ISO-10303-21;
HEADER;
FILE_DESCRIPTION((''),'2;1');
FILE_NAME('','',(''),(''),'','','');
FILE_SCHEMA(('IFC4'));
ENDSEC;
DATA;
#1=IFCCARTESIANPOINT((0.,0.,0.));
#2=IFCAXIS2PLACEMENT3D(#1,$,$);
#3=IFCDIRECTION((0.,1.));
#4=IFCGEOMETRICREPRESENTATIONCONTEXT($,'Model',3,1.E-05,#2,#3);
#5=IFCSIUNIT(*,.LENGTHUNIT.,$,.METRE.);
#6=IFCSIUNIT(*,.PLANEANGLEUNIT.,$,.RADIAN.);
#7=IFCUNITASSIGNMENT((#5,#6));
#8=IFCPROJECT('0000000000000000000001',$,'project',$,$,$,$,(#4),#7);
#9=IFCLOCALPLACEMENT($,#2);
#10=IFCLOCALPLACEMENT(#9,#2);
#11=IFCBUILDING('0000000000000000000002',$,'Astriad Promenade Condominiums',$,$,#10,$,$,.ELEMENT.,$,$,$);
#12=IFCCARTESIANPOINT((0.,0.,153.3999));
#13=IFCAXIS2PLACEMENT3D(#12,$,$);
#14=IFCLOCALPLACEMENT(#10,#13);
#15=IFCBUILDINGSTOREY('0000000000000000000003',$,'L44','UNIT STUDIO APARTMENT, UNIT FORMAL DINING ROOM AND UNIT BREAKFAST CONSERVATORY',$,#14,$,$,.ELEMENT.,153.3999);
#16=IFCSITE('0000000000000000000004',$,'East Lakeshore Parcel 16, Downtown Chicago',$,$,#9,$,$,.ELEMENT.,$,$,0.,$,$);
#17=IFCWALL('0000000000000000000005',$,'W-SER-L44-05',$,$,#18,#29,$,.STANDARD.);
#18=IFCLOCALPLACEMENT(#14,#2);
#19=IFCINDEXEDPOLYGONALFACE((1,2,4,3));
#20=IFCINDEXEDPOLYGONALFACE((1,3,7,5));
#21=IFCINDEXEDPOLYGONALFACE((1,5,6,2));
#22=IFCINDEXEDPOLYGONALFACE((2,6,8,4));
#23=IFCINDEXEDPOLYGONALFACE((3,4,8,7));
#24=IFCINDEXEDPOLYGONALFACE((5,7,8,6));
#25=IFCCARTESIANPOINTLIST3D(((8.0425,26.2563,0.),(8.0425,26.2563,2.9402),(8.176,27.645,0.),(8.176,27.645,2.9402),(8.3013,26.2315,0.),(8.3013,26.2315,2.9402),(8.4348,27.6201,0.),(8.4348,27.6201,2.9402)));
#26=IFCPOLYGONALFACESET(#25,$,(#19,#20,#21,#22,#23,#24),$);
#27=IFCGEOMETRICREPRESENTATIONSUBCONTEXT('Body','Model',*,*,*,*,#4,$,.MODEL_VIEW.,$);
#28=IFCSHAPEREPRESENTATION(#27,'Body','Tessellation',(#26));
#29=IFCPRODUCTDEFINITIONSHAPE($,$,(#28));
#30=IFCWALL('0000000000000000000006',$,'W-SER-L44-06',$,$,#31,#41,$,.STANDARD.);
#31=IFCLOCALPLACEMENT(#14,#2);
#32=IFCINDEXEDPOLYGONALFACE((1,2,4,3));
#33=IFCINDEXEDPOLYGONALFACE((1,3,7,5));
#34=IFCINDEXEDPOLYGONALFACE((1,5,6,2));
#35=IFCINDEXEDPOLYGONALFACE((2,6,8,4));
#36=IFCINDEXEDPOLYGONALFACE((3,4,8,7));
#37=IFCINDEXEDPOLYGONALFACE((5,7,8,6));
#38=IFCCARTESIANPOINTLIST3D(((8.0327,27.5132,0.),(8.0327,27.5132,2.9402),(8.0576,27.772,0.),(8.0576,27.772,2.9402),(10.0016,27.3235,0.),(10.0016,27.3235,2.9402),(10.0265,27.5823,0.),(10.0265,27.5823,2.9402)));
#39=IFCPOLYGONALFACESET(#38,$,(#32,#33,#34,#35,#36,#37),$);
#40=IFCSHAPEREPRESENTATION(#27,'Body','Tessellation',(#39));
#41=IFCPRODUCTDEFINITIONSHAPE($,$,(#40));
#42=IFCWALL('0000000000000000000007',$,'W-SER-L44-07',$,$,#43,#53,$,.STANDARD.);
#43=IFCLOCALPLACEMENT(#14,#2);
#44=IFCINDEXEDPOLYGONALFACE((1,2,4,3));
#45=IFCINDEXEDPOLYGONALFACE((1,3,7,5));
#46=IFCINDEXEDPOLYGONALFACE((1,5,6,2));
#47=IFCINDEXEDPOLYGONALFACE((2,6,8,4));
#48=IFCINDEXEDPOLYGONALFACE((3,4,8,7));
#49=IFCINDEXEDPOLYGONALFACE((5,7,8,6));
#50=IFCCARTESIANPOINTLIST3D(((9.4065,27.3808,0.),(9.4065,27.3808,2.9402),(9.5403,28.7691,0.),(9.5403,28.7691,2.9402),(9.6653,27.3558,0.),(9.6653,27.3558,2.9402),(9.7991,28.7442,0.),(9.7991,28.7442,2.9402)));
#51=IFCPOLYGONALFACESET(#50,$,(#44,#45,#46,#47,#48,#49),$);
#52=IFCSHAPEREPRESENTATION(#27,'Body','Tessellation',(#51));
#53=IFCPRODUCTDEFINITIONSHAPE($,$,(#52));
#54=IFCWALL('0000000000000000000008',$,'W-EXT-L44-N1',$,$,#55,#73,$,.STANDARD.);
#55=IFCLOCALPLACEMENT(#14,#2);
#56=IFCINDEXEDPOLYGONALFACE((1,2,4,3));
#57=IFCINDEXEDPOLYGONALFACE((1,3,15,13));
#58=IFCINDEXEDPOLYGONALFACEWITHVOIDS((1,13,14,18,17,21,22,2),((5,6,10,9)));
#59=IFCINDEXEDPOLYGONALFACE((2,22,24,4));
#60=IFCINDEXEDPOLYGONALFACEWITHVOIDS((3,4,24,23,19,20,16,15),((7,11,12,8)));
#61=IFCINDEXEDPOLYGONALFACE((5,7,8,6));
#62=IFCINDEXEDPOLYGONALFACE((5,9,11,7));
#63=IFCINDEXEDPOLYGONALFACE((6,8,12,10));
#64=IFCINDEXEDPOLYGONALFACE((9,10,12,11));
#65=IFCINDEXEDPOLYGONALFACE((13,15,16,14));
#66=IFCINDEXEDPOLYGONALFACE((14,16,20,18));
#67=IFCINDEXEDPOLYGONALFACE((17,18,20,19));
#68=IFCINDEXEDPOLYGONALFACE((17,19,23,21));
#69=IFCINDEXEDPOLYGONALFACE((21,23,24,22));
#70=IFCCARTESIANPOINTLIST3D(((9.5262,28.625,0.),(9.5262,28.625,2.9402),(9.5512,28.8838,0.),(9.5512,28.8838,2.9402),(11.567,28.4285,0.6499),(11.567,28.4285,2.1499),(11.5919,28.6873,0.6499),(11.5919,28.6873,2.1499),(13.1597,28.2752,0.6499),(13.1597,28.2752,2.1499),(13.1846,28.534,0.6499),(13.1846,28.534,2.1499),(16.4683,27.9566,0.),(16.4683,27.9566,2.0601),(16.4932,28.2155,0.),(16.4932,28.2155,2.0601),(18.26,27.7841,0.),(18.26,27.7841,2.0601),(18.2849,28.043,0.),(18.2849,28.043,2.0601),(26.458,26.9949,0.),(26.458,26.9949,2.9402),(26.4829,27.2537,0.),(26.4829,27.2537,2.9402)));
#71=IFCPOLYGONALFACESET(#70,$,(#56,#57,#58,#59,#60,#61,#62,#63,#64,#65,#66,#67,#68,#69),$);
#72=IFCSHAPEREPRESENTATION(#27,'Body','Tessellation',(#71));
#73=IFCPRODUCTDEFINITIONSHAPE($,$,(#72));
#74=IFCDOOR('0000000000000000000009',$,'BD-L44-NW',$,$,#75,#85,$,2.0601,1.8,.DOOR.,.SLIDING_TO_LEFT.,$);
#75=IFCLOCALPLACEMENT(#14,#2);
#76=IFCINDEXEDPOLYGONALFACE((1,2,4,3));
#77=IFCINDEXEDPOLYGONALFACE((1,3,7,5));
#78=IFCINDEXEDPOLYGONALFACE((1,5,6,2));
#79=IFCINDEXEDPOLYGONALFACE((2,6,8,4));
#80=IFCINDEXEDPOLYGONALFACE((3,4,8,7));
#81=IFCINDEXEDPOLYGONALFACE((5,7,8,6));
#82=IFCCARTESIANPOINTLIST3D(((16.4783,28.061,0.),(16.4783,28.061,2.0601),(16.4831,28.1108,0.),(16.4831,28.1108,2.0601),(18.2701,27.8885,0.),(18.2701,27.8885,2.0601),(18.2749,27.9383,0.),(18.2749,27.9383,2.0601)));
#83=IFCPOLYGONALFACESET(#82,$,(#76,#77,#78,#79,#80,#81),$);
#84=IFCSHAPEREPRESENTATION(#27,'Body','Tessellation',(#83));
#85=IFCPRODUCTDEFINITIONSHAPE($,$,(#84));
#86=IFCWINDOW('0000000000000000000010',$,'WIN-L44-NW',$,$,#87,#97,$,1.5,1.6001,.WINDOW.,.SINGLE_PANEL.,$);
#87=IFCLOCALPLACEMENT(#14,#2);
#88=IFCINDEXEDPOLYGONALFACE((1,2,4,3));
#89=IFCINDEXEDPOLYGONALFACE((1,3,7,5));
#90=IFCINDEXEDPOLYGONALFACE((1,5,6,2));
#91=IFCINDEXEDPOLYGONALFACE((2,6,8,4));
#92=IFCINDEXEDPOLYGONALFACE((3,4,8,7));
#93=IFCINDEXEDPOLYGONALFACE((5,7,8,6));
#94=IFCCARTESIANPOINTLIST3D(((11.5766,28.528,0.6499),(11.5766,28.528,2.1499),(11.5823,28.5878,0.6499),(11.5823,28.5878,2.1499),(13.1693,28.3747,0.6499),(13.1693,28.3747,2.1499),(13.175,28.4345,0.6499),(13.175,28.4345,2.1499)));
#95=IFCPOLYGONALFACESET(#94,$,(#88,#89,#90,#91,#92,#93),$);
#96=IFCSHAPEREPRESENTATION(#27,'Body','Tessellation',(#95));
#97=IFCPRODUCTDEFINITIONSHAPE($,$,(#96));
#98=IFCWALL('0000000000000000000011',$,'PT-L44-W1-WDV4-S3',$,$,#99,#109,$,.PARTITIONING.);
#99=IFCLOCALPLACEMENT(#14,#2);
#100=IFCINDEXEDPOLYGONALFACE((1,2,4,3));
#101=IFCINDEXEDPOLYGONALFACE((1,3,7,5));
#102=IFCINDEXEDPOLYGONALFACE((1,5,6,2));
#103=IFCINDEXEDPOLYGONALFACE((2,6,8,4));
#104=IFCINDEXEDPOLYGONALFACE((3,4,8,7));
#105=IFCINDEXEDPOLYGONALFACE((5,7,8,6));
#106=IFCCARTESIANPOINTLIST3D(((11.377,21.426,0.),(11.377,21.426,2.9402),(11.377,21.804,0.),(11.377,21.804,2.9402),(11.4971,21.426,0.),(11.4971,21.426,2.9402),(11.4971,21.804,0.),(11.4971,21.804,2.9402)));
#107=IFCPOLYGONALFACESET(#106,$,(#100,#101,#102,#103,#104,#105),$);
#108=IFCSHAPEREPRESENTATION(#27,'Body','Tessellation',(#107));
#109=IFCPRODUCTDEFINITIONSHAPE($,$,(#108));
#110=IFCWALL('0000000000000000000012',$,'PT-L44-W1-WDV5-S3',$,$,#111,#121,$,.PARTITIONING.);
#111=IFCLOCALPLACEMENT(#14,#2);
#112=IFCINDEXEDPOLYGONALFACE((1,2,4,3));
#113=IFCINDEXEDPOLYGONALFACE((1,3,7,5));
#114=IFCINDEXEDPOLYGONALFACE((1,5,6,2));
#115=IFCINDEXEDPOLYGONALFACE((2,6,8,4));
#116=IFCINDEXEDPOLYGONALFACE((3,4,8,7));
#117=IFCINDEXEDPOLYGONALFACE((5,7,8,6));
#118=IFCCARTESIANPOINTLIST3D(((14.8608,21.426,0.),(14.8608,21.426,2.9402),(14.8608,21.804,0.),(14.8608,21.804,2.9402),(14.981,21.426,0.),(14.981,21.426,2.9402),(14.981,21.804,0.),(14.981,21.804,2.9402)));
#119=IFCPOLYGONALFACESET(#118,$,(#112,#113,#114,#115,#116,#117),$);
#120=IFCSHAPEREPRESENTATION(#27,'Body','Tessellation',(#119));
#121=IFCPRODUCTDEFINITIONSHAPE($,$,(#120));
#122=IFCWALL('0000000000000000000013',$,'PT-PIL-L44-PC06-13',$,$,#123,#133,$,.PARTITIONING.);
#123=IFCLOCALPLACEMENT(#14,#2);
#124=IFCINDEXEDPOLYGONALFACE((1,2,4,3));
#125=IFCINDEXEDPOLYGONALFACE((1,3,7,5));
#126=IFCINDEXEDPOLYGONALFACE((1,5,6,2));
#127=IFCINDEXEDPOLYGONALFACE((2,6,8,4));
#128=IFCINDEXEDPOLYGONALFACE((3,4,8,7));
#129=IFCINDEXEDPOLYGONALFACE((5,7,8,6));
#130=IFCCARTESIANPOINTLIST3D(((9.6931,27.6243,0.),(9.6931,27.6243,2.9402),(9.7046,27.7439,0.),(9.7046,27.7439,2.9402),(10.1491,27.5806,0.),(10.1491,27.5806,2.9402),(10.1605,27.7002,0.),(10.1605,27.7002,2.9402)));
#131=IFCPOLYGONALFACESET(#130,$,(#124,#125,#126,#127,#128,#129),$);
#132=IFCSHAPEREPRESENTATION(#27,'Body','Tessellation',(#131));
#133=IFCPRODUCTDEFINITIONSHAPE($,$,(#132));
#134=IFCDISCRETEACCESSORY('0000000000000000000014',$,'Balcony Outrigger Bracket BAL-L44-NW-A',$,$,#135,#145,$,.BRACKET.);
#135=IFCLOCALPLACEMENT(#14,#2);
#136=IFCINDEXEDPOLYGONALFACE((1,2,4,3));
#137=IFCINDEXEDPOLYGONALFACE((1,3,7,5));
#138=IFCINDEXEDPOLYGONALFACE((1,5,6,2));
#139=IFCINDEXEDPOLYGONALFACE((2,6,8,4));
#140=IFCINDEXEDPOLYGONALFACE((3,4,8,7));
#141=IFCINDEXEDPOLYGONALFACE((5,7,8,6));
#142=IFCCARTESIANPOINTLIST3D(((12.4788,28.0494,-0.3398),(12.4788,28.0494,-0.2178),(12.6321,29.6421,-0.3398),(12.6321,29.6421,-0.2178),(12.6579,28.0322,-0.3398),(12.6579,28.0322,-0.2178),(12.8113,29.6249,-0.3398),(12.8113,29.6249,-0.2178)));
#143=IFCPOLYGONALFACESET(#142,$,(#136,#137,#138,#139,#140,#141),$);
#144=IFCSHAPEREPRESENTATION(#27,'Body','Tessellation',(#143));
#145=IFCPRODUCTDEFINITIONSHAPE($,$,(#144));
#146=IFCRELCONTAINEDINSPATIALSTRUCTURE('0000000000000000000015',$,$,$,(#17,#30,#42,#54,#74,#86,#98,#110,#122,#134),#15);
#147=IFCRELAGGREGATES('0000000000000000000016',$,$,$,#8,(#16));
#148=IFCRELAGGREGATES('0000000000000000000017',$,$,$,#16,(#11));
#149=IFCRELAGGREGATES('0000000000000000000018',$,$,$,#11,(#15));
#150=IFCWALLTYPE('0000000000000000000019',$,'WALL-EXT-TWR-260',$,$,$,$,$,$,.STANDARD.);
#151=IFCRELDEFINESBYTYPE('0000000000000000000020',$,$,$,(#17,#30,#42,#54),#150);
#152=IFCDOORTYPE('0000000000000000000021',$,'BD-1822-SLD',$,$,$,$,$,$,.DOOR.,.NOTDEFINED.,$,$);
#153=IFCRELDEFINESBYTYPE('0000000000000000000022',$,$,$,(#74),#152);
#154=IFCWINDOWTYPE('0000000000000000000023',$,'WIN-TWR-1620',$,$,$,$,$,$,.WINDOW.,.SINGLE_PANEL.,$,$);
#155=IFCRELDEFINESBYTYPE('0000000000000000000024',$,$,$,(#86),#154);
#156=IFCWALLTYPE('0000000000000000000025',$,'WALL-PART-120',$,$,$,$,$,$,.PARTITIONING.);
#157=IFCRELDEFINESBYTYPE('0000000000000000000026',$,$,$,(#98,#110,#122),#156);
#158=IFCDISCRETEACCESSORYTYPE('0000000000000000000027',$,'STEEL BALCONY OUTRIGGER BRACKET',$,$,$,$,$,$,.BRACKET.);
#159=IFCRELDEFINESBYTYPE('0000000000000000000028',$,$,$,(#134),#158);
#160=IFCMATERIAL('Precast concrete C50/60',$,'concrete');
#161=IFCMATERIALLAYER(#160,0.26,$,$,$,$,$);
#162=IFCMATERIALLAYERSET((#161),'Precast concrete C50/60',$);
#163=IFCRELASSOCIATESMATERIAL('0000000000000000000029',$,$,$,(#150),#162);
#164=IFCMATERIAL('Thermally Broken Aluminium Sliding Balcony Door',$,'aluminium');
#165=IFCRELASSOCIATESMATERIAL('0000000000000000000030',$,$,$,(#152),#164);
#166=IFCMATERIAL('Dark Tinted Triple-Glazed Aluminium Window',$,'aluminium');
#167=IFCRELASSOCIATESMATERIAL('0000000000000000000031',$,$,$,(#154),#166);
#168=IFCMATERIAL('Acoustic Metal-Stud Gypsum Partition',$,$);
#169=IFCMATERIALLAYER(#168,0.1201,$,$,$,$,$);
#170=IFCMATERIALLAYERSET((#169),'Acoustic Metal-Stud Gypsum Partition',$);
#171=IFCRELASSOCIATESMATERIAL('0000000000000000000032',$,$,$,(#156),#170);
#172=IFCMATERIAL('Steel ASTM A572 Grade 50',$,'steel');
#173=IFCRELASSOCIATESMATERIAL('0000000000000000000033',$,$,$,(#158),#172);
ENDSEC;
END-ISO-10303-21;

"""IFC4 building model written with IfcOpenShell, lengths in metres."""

from ifc_helpers import new_model, si_unit, direction, frame, frame_2d, origin, origin_2d, place, context, subcontext, project, spatial, rectangle, extrude, source, transform, mapped, material, layer, layer_set, type_object, type_shapes, element, fill, save


model = new_model("IFC4")

# Units and contexts
model_context = context("Model", 3, precision=1e-05, world=origin(), true_north=direction((0.0, 1.0)))
body_context = subcontext(model_context, "Body", "Model", "MODEL_VIEW")
ifc_project = project(units=[si_unit("LENGTHUNIT", "METRE"), si_unit("PLANEANGLEUNIT", "RADIAN")], contexts=[model_context])

# Site, building, storey
site_placement = place(None, origin())
site = spatial("IfcSite", under=ifc_project, at=site_placement, Name="East Lakeshore Parcel 16, Downtown Chicago", CompositionType="ELEMENT", RefElevation=0.0)
building_placement = place(site_placement, origin())
building = spatial("IfcBuilding", under=site, at=building_placement, Name="Astriad Promenade Condominiums", CompositionType="ELEMENT")
storey_placement = place(building_placement, frame((0.0, 0.0, 153.3999)))
storey = spatial("IfcBuildingStorey", under=building, at=storey_placement, Name="L44", Description="UNIT STUDIO APARTMENT, UNIT FORMAL DINING ROOM AND UNIT BREAKFAST CONSERVATORY", CompositionType="ELEMENT", Elevation=153.3999)

# Walls
ifc_material_1 = material(Name="Precast concrete C50/60", Category="concrete")
ifc_layer_1 = layer(ifc_material_1, 0.26)
ifc_layer_set_1 = layer_set([ifc_layer_1], Name="Precast concrete C50/60")
wall_type_1 = type_object("IfcWallType", Name="WALL-EXT-TWR-260", PredefinedType="STANDARD", material=ifc_layer_set_1)
wall_1_placement = place(storey_placement, frame((8.1719, 26.2439, 0.0), z_axis=(0.0, 0.0, 1.0), x_axis=(0.095726, 0.995408, 0.0)))
element("IfcWall", 1, at=wall_1_placement, inside=storey, type_object=wall_type_1, Name="W-SER-L44-05", PredefinedType="STANDARD", context=body_context, shape_type="SweptSolid", body=[
    extrude(rectangle(XDim=1.395, YDim=0.26, at=frame_2d((0.6975, 0.0))), origin(), (0.0, 0.0, 1.0), 2.9402),
])
wall_2_placement = place(storey_placement, frame((8.0452, 27.6426, 0.0), z_axis=(0.0, 0.0, 1.0), x_axis=(0.995391, -0.095898, 0.0)))
element("IfcWall", 2, at=wall_2_placement, inside=storey, type_object=wall_type_1, Name="W-SER-L44-06", PredefinedType="STANDARD", context=body_context, shape_type="SweptSolid", body=[
    extrude(rectangle(XDim=1.978, YDim=0.26, at=frame_2d((0.989, 0.0))), origin(), (0.0, 0.0, 1.0), 2.9402),
])
wall_3_placement = place(storey_placement, frame((9.5359, 27.3684, 0.0), z_axis=(0.0, 0.0, 1.0), x_axis=(0.095916, 0.995389, 0.0)))
element("IfcWall", 3, at=wall_3_placement, inside=storey, type_object=wall_type_1, Name="W-SER-L44-07", PredefinedType="STANDARD", context=body_context, shape_type="SweptSolid", body=[
    extrude(rectangle(XDim=1.3948, YDim=0.26, at=frame_2d((0.6973, 0.0))), origin(), (0.0, 0.0, 1.0), 2.9402),
])

# Wall, openings, door, window
wall_4_placement = place(storey_placement, frame((9.5388, 28.7544, 0.0), z_axis=(0.0, 0.0, 1.0), x_axis=(0.995397, -0.095834, 0.0)))
wall_4 = element("IfcWall", 4, at=wall_4_placement, inside=storey, type_object=wall_type_1, Name="W-EXT-L44-N1", PredefinedType="STANDARD", context=body_context, shape_type="SweptSolid", body=[
    extrude(rectangle(XDim=17.01, YDim=0.26, at=frame_2d((8.5049, 0.0))), origin(), (0.0, 0.0, 1.0), 2.9402),
])
opening_1_placement = place(wall_4_placement, frame((6.9741, 0.0, 0.0)))
opening_1 = element("IfcOpeningElement", 5, at=opening_1_placement, cuts=wall_4, PredefinedType="OPENING", context=body_context, shape_type="SweptSolid", body=[
    extrude(rectangle(XDim=1.8, YDim=2.0601, at=frame_2d((0.8999, 1.03))), frame((0.0, 0.1399, 0.0), z_axis=(0.0, -1.0, 0.0), x_axis=(1.0, 0.0, 0.0)), (0.0, 0.0, 1.0), 0.28),
])
opening_2_placement = place(wall_4_placement, frame((2.05, 0.0, 0.6499)))
opening_2 = element("IfcOpeningElement", 6, at=opening_2_placement, cuts=wall_4, PredefinedType="OPENING", context=body_context, shape_type="SweptSolid", body=[
    extrude(rectangle(XDim=1.6001, YDim=1.5, at=frame_2d((0.8, 0.75))), frame((0.0, 0.1399, 0.0), z_axis=(0.0, -1.0, 0.0), x_axis=(1.0, 0.0, 0.0)), (0.0, 0.0, 1.0), 0.28),
])
ifc_material_2 = material(Name="Thermally Broken Aluminium Sliding Balcony Door", Category="aluminium")
door_type = type_object("IfcDoorType", Name="BD-1822-SLD", OperationType="NOTDEFINED", PredefinedType="DOOR", material=ifc_material_2)
shared_shape_1 = source(origin(), body_context, "Body", "SweptSolid", [
    extrude(rectangle(XDim=1.8, YDim=2.0601, at=frame_2d((0.8999, 1.03))), frame((0.0, 0.0249, 0.0), z_axis=(0.0, -1.0, 0.0), x_axis=(1.0, 0.0, 0.0)), (0.0, 0.0, 1.0), 0.05),
])
type_shapes(door_type, [shared_shape_1])
door_placement = place(opening_1_placement, origin())
door = element("IfcDoor", 7, at=door_placement, inside=storey, type_object=door_type, Name="BD-L44-NW", OperationType="SLIDING_TO_LEFT", OverallHeight=2.0601, OverallWidth=1.8, PredefinedType="DOOR", context=body_context, shape_type="MappedRepresentation", body=[
    mapped(shared_shape_1, transform((0.0, 0.0, 0.0), scale=1.0)),
])
fill(opening_1, door)
ifc_material_3 = material(Name="Dark Tinted Triple-Glazed Aluminium Window", Category="aluminium")
window_type = type_object("IfcWindowType", Name="WIN-TWR-1620", PartitioningType="SINGLE_PANEL", PredefinedType="WINDOW", material=ifc_material_3)
shared_shape_2 = source(origin(), body_context, "Body", "SweptSolid", [
    extrude(rectangle(XDim=1.6001, YDim=1.5, at=frame_2d((0.8, 0.75))), frame((0.0, 0.03, 0.0), z_axis=(0.0, -1.0, 0.0), x_axis=(1.0, 0.0, 0.0)), (0.0, 0.0, 1.0), 0.0601),
])
type_shapes(window_type, [shared_shape_2])
window_placement = place(opening_2_placement, origin())
window = element("IfcWindow", 8, at=window_placement, inside=storey, type_object=window_type, Name="WIN-L44-NW", OverallHeight=1.5, OverallWidth=1.6001, PartitioningType="SINGLE_PANEL", PredefinedType="WINDOW", context=body_context, shape_type="MappedRepresentation", body=[
    mapped(shared_shape_2, transform((0.0, 0.0, 0.0), scale=1.0)),
])
fill(opening_2, window)

# Walls
ifc_material_4 = material(Name="Acoustic Metal-Stud Gypsum Partition")
ifc_layer_2 = layer(ifc_material_4, 0.1201)
ifc_layer_set_2 = layer_set([ifc_layer_2], Name="Acoustic Metal-Stud Gypsum Partition")
wall_type_2 = type_object("IfcWallType", Name="WALL-PART-120", PredefinedType="PARTITIONING", material=ifc_layer_set_2)
for number, where, z_axis, x_axis, name in (
    (9, (11.437, 21.426, 0.0), (0.0, 0.0, 1.0), (0.0, 1.0, 0.0), "PT-L44-W1-WDV4-S3"),
    (10, (14.9209, 21.426, 0.0), (0.0, 0.0, 1.0), (0.0, 1.0, 0.0), "PT-L44-W1-WDV5-S3"),
):
    element("IfcWall", number, at=place(storey_placement, frame(where, z_axis=z_axis, x_axis=x_axis)), inside=storey, type_object=wall_type_2, Name=name, PredefinedType="PARTITIONING", context=body_context, shape_type="SweptSolid", body=[
        extrude(rectangle(XDim=0.3779, YDim=0.1201, at=frame_2d((0.189, 0.0))), origin(), (0.0, 0.0, 1.0), 2.9402),
    ])
wall_5_placement = place(storey_placement, frame((10.1548, 27.6404, 0.0), z_axis=(0.0, 0.0, 1.0), x_axis=(-0.995435, 0.095438, 0.0)))
element("IfcWall", 11, at=wall_5_placement, inside=storey, type_object=wall_type_2, Name="PT-PIL-L44-PC06-13", PredefinedType="PARTITIONING", context=body_context, shape_type="SweptSolid", body=[
    extrude(rectangle(XDim=0.458, YDim=0.1201, at=frame_2d((0.229, 0.0))), origin(), (0.0, 0.0, 1.0), 2.9402),
])

# Discrete accessory
ifc_material_5 = material(Name="Steel ASTM A572 Grade 50", Category="steel")
discrete_accessory_type = type_object("IfcDiscreteAccessoryType", Name="STEEL BALCONY OUTRIGGER BRACKET", PredefinedType="BRACKET", material=ifc_material_5)
shared_shape_3 = source(origin(), body_context, "Body", "SweptSolid", [
    extrude(rectangle(XDim=1.6001, YDim=0.1799, at=origin_2d()), origin(), (0.0, 0.0, 1.0), 0.1221),
])
type_shapes(discrete_accessory_type, [shared_shape_3])
discrete_accessory_placement = place(storey_placement, frame((12.645, 28.8372, -0.3398), z_axis=(0.0, 0.0, 1.0), x_axis=(0.095846, 0.995396, 0.0)))
element("IfcDiscreteAccessory", 12, at=discrete_accessory_placement, inside=storey, type_object=discrete_accessory_type, Name="Balcony Outrigger Bracket BAL-L44-NW-A", PredefinedType="BRACKET", context=body_context, shape_type="MappedRepresentation", body=[
    mapped(shared_shape_3, transform((0.0, 0.0, 0.0), scale=1.0)),
])

save(model, "model.ifc")
